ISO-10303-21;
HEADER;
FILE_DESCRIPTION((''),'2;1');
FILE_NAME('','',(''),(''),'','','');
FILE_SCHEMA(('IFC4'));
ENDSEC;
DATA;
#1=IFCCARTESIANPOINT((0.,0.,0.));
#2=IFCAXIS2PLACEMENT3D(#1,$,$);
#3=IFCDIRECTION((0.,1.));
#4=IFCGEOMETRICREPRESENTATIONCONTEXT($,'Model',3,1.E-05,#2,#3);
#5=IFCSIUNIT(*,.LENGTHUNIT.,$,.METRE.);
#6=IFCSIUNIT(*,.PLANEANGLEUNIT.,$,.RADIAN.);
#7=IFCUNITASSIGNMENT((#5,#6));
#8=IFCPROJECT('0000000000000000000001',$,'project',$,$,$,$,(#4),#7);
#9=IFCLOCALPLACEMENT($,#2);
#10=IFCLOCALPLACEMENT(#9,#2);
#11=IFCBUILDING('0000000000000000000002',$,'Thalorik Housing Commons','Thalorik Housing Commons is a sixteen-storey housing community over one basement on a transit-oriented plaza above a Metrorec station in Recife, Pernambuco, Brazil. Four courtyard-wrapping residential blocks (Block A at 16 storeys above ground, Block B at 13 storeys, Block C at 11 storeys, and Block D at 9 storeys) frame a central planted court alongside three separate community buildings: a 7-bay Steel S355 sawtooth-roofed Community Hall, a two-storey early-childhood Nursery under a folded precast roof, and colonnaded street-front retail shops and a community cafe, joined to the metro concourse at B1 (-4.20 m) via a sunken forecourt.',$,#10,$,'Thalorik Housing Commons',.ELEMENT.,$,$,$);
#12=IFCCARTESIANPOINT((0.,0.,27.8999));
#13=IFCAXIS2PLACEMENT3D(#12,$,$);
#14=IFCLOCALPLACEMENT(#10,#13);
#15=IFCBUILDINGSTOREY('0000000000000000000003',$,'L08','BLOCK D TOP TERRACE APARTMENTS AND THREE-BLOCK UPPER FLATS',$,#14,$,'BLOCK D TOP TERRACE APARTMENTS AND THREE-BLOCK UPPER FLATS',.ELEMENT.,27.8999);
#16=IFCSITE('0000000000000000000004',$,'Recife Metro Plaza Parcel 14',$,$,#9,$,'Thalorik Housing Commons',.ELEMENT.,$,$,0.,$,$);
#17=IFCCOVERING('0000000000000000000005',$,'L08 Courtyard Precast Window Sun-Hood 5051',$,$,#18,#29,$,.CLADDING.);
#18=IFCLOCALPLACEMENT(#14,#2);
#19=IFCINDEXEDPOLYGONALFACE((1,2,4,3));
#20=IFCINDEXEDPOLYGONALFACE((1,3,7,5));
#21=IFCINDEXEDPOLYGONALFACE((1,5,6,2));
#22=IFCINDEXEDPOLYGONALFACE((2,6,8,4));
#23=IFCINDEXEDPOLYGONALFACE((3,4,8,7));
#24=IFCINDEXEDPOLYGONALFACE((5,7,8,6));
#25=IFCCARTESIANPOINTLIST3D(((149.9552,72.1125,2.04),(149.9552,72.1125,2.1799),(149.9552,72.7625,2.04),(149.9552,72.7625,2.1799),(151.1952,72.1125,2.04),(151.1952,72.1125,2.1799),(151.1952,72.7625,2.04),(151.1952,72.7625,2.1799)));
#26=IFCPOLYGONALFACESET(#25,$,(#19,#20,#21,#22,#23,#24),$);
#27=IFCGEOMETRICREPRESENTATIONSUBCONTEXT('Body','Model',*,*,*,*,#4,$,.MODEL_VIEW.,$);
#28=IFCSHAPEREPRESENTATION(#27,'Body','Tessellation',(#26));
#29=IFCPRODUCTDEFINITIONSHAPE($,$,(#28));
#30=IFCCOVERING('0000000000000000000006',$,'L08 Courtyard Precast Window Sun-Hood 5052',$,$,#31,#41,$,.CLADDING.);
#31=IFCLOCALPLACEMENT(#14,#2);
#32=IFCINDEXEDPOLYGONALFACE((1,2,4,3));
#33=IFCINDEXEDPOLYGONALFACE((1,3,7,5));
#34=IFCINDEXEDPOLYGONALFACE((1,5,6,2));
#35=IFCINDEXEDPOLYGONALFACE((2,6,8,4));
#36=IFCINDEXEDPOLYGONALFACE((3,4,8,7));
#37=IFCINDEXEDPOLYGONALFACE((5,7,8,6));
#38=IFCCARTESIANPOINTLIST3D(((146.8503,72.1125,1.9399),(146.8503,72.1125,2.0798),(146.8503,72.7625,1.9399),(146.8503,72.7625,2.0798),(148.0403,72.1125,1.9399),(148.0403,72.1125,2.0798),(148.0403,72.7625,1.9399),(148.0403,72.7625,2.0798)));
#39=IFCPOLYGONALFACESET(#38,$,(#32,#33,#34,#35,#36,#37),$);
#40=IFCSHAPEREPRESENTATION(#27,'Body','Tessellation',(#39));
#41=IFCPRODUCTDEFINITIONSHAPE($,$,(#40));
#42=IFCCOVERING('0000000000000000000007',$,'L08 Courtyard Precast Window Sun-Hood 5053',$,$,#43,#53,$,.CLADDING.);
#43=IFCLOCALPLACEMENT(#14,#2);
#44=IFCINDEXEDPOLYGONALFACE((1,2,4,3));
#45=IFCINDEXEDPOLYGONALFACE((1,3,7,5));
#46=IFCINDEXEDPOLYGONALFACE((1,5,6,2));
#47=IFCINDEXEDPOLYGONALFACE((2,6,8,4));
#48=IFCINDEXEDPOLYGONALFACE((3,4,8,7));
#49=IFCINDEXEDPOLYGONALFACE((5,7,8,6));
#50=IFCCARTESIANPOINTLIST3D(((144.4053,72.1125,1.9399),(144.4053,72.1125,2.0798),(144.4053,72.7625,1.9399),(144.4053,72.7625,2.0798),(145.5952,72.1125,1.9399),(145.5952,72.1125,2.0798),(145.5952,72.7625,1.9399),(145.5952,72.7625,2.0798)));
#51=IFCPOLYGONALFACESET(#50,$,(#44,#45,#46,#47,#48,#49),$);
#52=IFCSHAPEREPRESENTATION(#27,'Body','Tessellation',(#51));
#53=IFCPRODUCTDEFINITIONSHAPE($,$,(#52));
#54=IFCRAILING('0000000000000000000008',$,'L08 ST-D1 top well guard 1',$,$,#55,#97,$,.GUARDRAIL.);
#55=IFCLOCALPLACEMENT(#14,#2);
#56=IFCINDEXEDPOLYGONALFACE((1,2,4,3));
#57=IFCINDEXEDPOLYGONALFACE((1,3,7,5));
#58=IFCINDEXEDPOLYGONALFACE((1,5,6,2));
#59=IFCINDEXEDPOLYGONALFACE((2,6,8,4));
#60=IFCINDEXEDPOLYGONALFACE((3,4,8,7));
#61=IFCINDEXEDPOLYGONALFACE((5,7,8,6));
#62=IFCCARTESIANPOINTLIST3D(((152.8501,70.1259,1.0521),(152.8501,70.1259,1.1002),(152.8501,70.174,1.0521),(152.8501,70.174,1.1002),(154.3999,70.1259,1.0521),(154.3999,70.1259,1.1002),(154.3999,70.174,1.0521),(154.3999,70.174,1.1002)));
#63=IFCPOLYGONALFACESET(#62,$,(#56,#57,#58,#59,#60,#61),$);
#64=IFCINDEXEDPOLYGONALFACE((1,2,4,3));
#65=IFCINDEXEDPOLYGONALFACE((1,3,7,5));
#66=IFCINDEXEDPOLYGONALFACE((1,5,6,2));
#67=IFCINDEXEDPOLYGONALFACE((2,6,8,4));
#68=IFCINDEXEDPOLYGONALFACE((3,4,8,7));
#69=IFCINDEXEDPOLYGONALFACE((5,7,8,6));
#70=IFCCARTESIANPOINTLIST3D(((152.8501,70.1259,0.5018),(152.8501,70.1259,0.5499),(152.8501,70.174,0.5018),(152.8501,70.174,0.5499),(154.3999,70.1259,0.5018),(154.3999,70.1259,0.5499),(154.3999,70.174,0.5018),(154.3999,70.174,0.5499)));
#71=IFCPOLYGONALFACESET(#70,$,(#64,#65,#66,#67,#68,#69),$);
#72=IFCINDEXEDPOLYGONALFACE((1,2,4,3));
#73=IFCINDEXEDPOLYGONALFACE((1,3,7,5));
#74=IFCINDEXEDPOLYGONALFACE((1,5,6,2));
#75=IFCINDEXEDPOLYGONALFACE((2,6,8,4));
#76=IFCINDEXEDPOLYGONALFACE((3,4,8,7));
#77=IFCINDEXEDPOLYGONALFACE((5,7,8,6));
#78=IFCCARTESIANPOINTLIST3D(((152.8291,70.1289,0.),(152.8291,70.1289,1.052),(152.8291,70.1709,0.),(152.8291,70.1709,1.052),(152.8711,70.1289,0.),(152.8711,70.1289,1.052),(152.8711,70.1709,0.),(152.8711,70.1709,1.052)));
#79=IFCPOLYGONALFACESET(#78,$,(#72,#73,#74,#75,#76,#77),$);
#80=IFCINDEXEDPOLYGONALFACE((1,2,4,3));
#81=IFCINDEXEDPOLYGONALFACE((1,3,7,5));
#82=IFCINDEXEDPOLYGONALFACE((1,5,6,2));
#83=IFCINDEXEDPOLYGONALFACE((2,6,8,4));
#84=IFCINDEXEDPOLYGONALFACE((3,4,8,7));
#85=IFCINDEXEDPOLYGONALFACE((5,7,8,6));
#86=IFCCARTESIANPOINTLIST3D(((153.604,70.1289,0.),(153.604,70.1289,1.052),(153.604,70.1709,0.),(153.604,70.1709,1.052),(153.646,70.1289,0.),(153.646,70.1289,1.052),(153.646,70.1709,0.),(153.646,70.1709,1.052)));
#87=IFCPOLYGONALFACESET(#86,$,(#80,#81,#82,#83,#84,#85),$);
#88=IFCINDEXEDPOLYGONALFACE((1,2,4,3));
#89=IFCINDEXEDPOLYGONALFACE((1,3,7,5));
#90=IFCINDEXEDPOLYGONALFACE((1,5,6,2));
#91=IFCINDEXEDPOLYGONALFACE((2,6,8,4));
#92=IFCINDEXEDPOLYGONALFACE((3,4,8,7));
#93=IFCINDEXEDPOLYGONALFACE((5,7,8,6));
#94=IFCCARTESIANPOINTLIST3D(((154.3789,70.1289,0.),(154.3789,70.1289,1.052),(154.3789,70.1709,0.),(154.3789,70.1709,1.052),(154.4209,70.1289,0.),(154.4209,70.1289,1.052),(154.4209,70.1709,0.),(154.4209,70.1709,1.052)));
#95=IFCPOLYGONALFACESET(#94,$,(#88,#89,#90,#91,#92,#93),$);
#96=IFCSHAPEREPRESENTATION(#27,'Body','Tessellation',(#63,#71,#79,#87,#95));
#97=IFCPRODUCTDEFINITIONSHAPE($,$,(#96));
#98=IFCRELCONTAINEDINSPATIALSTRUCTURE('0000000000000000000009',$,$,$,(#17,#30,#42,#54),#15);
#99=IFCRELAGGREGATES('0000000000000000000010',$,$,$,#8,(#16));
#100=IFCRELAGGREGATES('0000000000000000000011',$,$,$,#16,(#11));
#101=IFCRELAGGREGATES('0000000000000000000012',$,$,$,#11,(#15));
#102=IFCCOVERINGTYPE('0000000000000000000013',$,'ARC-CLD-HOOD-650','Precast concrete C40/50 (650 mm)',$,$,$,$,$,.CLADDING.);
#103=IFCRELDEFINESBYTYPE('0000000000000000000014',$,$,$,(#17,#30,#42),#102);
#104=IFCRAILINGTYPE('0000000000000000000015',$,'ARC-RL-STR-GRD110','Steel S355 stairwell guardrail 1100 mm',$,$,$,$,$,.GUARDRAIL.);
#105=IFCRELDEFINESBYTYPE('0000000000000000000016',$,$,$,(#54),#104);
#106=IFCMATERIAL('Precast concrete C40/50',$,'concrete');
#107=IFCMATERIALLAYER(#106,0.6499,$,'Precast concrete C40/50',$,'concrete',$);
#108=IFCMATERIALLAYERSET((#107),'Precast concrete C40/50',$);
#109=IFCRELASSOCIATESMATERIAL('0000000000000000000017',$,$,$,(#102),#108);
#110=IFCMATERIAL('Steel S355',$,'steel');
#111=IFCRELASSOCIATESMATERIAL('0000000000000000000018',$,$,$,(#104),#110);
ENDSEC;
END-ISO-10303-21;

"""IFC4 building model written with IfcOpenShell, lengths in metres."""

from ifc_helpers import new_model, si_unit, direction, frame, origin, origin_2d, place, context, subcontext, project, spatial, rectangle, extrude, material, layer, layer_set, type_object, element, save


model = new_model("IFC4")

# Units and contexts
model_context = context("Model", 3, precision=1e-05, world=origin(), true_north=direction((0.0, 1.0)))
body_context = subcontext(model_context, "Body", "Model", "MODEL_VIEW")
ifc_project = project(units=[si_unit("LENGTHUNIT", "METRE"), si_unit("PLANEANGLEUNIT", "RADIAN")], contexts=[model_context])

# Site, building, storey
site_placement = place(None, origin())
site = spatial("IfcSite", under=ifc_project, at=site_placement, Name="Recife Metro Plaza Parcel 14", LongName="Thalorik Housing Commons", CompositionType="ELEMENT", RefElevation=0.0)
building_placement = place(site_placement, origin())
building = spatial("IfcBuilding", under=site, at=building_placement, Name="Thalorik Housing Commons", Description="Thalorik Housing Commons is a sixteen-storey housing community over one basement on a transit-oriented plaza above a Metrorec station in Recife, Pernambuco, Brazil. Four courtyard-wrapping residential blocks (Block A at 16 storeys above ground, Block B at 13 storeys, Block C at 11 storeys, and Block D at 9 storeys) frame a central planted court alongside three separate community buildings: a 7-bay Steel S355 sawtooth-roofed Community Hall, a two-storey early-childhood Nursery under a folded precast roof, and colonnaded street-front retail shops and a community cafe, joined to the metro concourse at B1 (-4.20 m) via a sunken forecourt.", LongName="Thalorik Housing Commons", CompositionType="ELEMENT")
storey_placement = place(building_placement, frame((0.0, 0.0, 27.8999)))
storey = spatial("IfcBuildingStorey", under=building, at=storey_placement, Name="L08", Description="BLOCK D TOP TERRACE APARTMENTS AND THREE-BLOCK UPPER FLATS", LongName="BLOCK D TOP TERRACE APARTMENTS AND THREE-BLOCK UPPER FLATS", CompositionType="ELEMENT", Elevation=27.8999)

# Shared definitions
ifc_material_1 = material(Name="Precast concrete C40/50", Category="concrete")

# Coverings
ifc_layer_1 = layer(ifc_material_1, 0.6499, Name="Precast concrete C40/50", Category="concrete")
ifc_layer_set_1 = layer_set([ifc_layer_1], Name="Precast concrete C40/50")
covering_type_1 = type_object("IfcCoveringType", Name="ARC-CLD-HOOD-650", Description="Precast concrete C40/50 (650 mm)", PredefinedType="CLADDING", material=ifc_layer_set_1)
covering_1_placement = place(storey_placement, frame((150.5752, 72.4375, 2.04), z_axis=(0.0, 0.0, 1.0), x_axis=(-1.0, 0.0, 0.0)))
element("IfcCovering", 1, at=covering_1_placement, inside=storey, type_object=covering_type_1, Name="L08 Courtyard Precast Window Sun-Hood 5051", PredefinedType="CLADDING", context=body_context, shape_type="SweptSolid", body=[
    extrude(rectangle(XDim=1.24, YDim=0.6499, at=origin_2d()), origin(), (0.0, 0.0, 1.0), 0.1399),
])
for number, where, z_axis, x_axis, name in (
    (2, (147.4453, 72.4375, 1.9399), (0.0, 0.0, 1.0), (-1.0, 0.0, 0.0), "L08 Courtyard Precast Window Sun-Hood 5052"),
    (3, (145.0002, 72.4375, 1.9399), (0.0, 0.0, 1.0), (-1.0, 0.0, 0.0), "L08 Courtyard Precast Window Sun-Hood 5053"),
):
    element("IfcCovering", number, at=place(storey_placement, frame(where, z_axis=z_axis, x_axis=x_axis)), inside=storey, type_object=covering_type_1, Name=name, PredefinedType="CLADDING", context=body_context, shape_type="SweptSolid", body=[
        extrude(rectangle(XDim=1.1899, YDim=0.6499, at=origin_2d()), origin(), (0.0, 0.0, 1.0), 0.1399),
    ])

# Railing
ifc_material_2 = material(Name="Steel S355", Category="steel")
railing_type = type_object("IfcRailingType", Name="ARC-RL-STR-GRD110", Description="Steel S355 stairwell guardrail 1100 mm", PredefinedType="GUARDRAIL", material=ifc_material_2)
railing_placement = place(storey_placement, frame((152.8501, 70.1499, 0.0)))
element("IfcRailing", 4, at=railing_placement, inside=storey, type_object=railing_type, Name="L08 ST-D1 top well guard 1", PredefinedType="GUARDRAIL", context=body_context, shape_type="SweptSolid", body=[
    extrude(rectangle(XDim=0.0481, YDim=0.0481, at=origin_2d()), frame((0.0, 0.0, 1.0762), z_axis=(1.0, 0.0, 0.0), x_axis=(0.0, 1.0, 0.0)), (0.0, 0.0, 1.0), 1.5498),
    extrude(rectangle(XDim=0.0481, YDim=0.0481, at=origin_2d()), frame((0.0, 0.0, 0.5259), z_axis=(1.0, 0.0, 0.0), x_axis=(0.0, 1.0, 0.0)), (0.0, 0.0, 1.0), 1.5498),
    extrude(rectangle(XDim=0.042, YDim=0.042, at=origin_2d()), origin(), (0.0, 0.0, 1.0), 1.052),
    extrude(rectangle(XDim=0.042, YDim=0.042, at=origin_2d()), frame((0.7749, 0.0, 0.0)), (0.0, 0.0, 1.0), 1.052),
    extrude(rectangle(XDim=0.042, YDim=0.042, at=origin_2d()), frame((1.5498, 0.0, 0.0)), (0.0, 0.0, 1.0), 1.052),
])

save(model, "model.ifc")
